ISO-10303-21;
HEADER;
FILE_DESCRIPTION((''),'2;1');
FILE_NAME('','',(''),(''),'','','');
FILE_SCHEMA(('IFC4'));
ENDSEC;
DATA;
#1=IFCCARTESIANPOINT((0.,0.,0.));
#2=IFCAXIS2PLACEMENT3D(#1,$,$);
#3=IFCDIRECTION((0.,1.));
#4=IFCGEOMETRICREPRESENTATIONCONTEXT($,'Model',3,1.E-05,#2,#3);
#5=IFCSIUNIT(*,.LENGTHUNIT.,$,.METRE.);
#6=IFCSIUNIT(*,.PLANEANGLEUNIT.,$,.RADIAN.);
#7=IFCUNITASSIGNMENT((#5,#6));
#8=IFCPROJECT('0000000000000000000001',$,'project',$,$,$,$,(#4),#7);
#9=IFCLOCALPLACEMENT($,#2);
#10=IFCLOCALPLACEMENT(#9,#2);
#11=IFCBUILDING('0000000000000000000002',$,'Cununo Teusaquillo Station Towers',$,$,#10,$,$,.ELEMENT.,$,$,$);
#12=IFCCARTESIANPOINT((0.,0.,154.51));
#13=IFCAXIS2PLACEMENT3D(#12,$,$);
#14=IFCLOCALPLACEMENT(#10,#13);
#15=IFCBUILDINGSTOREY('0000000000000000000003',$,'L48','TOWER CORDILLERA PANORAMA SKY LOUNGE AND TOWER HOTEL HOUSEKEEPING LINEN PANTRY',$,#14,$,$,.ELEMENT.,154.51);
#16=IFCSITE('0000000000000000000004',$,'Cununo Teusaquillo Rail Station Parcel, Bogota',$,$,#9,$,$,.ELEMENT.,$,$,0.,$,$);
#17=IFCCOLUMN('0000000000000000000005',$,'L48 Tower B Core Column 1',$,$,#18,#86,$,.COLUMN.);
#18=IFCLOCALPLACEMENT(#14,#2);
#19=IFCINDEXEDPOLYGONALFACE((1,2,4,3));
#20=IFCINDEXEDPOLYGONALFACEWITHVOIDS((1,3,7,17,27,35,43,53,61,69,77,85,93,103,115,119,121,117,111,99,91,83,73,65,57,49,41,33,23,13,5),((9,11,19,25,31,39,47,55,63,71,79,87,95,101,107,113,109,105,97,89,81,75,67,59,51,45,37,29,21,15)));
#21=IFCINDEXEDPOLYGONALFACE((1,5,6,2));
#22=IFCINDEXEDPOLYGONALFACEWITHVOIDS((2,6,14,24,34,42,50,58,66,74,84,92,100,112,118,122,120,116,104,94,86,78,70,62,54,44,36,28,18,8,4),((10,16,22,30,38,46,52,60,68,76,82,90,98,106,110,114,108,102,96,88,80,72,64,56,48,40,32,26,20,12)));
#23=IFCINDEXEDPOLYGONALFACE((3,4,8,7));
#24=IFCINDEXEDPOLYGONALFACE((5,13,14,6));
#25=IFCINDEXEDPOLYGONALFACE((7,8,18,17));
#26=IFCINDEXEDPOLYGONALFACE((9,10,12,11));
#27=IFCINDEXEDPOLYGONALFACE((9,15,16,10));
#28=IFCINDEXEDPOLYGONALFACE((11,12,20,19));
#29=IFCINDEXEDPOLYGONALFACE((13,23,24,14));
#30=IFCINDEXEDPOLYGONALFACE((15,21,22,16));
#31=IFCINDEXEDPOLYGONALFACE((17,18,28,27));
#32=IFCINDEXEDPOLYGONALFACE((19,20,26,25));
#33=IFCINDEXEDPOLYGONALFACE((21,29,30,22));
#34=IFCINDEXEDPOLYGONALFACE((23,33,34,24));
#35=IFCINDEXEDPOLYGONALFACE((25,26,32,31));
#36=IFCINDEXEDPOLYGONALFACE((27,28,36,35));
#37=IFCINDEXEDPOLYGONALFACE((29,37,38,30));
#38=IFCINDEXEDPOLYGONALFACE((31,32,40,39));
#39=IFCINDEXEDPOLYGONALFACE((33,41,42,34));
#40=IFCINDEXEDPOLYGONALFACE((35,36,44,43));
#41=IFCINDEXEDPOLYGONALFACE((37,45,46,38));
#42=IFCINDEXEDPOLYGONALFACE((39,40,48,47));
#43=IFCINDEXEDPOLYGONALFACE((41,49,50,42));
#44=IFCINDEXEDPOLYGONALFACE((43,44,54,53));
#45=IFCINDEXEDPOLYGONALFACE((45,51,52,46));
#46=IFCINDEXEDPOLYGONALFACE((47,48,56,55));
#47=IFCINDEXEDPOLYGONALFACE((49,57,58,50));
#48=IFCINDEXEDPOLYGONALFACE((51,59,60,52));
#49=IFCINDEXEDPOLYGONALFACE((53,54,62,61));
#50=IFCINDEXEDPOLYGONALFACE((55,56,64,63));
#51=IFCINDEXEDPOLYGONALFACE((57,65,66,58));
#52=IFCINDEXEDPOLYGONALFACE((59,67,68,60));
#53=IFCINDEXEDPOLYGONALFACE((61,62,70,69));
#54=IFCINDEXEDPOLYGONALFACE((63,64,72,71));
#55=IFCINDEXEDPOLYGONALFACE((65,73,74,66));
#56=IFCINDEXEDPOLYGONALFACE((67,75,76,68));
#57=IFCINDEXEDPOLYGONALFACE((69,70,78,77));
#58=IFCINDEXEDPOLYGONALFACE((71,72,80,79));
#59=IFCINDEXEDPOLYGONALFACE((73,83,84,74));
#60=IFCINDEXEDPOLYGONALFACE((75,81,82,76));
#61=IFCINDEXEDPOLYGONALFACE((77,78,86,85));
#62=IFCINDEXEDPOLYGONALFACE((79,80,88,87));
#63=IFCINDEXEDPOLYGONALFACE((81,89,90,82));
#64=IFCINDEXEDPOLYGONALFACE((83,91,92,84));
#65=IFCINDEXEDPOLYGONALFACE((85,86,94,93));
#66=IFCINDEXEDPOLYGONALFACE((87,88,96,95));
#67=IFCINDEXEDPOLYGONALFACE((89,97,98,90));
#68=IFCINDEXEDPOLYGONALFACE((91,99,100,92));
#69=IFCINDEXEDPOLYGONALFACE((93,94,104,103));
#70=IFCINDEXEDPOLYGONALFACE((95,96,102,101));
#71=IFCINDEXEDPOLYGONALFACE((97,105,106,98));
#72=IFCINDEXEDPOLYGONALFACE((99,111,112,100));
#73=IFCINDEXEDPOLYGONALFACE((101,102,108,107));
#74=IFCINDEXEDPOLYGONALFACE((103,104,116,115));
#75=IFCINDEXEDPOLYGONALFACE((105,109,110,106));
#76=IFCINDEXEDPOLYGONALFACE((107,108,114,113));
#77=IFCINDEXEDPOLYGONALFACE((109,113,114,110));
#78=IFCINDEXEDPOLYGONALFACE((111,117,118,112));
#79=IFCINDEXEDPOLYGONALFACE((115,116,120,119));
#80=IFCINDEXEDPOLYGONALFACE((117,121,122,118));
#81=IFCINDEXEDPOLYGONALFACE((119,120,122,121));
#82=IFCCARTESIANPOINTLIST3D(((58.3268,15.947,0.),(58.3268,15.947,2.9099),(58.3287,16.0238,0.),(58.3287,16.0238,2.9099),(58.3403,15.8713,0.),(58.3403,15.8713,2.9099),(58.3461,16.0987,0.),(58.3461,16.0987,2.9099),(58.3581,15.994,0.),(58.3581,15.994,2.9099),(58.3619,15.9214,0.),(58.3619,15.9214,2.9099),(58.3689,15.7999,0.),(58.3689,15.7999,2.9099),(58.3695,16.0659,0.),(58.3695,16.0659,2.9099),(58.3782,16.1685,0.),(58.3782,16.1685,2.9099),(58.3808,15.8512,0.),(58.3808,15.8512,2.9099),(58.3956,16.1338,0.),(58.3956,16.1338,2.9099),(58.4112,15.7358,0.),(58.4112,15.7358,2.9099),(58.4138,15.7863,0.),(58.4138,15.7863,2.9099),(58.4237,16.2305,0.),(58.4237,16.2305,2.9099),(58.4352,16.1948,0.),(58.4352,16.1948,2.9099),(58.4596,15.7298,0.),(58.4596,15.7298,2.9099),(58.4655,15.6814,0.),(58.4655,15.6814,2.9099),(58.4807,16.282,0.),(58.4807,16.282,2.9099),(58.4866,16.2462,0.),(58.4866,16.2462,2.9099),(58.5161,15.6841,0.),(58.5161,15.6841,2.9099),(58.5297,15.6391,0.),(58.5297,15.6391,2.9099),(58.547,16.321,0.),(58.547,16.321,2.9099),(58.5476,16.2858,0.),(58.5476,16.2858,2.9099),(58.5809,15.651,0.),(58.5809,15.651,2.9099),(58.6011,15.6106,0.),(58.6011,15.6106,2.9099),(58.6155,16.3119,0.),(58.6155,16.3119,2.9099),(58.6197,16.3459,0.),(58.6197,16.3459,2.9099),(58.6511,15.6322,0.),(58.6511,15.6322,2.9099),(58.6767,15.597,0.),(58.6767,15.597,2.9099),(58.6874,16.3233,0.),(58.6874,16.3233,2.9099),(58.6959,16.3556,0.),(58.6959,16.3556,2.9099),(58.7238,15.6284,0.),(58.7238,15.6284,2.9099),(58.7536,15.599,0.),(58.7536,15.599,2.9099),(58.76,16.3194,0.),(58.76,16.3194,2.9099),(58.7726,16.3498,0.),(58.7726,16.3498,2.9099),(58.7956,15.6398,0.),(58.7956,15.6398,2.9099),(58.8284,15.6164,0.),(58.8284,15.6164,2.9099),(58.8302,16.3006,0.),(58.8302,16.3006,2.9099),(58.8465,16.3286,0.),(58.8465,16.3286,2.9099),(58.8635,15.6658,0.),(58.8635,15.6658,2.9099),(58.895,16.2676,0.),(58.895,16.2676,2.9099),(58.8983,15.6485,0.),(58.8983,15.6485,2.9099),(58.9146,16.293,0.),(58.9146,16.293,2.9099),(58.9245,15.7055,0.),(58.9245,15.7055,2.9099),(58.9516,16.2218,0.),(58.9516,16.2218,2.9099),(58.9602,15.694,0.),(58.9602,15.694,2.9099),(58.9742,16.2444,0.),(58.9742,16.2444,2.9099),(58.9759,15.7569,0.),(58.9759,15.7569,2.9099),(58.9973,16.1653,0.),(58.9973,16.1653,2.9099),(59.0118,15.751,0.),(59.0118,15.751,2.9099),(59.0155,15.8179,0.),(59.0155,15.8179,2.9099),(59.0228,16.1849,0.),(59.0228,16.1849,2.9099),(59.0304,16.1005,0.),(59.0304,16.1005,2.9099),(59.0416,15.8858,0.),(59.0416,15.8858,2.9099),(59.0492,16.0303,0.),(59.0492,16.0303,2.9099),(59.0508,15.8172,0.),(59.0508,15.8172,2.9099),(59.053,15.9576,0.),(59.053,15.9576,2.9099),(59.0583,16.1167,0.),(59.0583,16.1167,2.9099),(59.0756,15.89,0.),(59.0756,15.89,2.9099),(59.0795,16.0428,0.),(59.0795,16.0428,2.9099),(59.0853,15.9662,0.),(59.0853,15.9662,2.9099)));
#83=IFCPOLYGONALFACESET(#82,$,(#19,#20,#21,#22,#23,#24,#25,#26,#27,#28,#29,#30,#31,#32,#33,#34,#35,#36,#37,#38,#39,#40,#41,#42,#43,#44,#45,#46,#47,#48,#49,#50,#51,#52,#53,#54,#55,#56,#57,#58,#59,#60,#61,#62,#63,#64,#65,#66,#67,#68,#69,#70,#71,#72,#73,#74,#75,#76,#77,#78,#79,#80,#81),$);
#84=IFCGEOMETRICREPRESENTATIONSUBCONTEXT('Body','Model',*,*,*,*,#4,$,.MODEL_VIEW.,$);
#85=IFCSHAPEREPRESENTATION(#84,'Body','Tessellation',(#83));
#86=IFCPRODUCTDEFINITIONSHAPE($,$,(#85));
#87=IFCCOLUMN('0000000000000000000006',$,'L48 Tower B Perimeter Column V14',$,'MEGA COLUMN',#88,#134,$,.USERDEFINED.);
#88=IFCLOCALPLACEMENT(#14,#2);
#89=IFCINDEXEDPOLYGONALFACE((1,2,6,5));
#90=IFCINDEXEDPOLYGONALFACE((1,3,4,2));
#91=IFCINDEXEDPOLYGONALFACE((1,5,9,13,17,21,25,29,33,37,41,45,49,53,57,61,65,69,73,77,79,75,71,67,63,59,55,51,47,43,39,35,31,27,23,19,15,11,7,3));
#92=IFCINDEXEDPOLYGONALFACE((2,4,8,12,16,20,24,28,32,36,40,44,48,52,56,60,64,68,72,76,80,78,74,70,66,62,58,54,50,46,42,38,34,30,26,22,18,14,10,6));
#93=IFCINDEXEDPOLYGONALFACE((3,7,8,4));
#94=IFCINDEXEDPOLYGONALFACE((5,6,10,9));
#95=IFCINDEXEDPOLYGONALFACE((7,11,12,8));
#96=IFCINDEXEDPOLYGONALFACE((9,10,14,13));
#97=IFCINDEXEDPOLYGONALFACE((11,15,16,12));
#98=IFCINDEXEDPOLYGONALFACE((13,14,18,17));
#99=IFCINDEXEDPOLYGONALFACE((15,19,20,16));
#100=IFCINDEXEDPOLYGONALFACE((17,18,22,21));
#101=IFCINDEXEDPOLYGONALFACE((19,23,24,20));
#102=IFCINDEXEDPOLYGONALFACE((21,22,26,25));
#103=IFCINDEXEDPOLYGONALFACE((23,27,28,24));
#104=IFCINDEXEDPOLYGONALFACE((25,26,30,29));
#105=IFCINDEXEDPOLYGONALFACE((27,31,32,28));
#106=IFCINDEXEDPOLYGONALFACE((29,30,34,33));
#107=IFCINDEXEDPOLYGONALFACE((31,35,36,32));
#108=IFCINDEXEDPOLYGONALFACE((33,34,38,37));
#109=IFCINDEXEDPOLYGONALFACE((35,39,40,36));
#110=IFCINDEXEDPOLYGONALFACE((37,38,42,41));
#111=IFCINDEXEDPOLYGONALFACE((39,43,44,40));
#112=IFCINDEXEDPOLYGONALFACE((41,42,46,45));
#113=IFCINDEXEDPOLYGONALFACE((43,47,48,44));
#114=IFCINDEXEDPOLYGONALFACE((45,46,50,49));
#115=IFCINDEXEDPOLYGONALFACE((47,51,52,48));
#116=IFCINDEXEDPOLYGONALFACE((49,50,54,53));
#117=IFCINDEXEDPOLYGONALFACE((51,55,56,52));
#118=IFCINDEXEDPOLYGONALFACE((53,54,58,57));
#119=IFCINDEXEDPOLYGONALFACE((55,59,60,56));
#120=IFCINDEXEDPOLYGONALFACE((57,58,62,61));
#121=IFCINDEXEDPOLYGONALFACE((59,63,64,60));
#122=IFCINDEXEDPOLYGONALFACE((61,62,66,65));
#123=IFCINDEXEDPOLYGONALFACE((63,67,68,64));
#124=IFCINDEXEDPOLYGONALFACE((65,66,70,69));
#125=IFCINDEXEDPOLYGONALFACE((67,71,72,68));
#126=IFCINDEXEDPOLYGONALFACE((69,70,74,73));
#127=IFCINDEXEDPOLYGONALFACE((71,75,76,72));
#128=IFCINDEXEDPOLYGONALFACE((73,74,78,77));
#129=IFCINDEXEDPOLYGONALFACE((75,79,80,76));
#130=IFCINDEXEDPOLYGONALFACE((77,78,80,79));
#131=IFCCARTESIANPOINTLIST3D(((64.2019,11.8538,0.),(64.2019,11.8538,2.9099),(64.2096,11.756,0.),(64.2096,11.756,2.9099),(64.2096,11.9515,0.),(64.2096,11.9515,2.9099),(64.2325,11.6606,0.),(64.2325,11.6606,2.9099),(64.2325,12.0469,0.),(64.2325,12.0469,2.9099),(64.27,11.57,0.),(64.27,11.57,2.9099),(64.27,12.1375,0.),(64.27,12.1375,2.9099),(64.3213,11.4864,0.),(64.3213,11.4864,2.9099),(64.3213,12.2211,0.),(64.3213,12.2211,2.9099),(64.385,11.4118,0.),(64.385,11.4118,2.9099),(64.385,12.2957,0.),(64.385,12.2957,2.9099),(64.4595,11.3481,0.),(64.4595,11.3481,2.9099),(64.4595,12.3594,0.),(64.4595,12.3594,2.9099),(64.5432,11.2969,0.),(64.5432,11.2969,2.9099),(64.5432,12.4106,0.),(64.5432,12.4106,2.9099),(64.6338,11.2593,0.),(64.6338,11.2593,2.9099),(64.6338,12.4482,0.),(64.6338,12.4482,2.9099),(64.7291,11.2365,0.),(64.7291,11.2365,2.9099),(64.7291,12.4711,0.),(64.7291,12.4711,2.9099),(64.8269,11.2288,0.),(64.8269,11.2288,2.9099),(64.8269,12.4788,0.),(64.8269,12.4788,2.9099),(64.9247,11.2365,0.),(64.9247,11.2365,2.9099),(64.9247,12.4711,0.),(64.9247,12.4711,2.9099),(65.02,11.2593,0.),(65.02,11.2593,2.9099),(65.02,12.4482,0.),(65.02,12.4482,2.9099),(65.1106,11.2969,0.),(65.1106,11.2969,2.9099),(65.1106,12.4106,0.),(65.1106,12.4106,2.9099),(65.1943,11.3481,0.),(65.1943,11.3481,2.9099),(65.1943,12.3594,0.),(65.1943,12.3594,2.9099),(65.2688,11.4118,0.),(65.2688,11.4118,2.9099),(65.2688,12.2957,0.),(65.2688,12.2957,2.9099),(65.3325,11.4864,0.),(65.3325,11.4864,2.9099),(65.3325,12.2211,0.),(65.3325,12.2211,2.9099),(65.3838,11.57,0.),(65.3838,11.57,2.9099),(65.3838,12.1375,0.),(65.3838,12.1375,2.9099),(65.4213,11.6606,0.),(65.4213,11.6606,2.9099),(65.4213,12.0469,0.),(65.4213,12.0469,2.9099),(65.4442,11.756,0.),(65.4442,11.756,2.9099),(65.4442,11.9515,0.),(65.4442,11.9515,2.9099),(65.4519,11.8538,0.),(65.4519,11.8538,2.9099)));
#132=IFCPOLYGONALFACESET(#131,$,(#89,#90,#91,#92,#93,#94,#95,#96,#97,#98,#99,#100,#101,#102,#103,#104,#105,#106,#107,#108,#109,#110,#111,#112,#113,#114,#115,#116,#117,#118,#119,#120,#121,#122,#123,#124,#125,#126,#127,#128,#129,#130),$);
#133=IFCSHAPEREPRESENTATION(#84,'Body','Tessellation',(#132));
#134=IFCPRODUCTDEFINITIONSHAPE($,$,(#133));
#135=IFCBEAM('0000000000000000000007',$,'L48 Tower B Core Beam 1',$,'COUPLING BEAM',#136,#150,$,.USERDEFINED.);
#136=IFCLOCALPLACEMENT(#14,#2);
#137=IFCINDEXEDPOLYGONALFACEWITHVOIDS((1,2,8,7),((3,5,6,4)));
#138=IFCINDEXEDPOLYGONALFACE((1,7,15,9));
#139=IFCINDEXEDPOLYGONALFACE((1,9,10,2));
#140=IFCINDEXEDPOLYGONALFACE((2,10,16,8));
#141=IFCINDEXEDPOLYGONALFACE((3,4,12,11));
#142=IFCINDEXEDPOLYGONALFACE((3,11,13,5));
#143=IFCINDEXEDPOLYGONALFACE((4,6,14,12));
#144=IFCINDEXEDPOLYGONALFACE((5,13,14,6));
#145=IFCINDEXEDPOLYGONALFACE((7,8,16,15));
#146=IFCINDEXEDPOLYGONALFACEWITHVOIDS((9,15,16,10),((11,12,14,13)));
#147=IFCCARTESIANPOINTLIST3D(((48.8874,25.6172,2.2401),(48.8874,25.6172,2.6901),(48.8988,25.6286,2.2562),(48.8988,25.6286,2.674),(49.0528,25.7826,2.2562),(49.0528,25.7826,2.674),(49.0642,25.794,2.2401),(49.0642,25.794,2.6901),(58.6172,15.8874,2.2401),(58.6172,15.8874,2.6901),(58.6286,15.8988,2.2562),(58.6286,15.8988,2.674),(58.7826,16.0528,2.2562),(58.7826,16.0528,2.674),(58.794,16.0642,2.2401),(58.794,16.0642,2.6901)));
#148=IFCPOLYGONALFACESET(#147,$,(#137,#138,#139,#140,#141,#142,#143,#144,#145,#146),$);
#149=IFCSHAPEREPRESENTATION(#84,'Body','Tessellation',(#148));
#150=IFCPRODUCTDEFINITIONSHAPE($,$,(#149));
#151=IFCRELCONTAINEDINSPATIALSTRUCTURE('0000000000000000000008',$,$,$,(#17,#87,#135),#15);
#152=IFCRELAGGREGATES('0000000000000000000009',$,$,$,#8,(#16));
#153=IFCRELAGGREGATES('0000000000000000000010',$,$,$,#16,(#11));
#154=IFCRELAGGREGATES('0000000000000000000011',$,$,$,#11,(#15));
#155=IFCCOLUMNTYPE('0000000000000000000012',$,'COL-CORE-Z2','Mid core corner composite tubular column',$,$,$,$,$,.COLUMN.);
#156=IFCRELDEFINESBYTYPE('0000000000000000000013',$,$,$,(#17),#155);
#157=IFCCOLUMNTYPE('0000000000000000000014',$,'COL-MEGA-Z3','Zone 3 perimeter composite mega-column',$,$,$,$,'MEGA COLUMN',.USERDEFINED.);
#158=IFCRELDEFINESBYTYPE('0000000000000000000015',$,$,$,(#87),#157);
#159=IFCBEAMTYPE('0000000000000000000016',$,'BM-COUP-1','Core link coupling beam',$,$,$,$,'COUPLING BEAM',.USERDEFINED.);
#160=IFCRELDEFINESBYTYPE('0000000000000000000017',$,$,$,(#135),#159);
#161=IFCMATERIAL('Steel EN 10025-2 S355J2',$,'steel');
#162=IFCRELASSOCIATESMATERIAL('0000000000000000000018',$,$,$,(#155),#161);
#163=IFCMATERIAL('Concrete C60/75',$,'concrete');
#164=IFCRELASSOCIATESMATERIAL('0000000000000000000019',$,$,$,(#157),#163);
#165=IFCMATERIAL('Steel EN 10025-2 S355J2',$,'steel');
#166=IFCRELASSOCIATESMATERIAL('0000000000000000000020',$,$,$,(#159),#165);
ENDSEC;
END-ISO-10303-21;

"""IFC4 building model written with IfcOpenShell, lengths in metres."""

from ifc_helpers import new_model, si_unit, direction, frame, origin, origin_2d, place, context, subcontext, project, spatial, hollow_rectangle, circle, hollow_circle, extrude, material, material_profile, profile_set, type_object, element, save


model = new_model("IFC4")

# Units and contexts
model_context = context("Model", 3, precision=1e-05, world=origin(), true_north=direction((0.0, 1.0)))
body_context = subcontext(model_context, "Body", "Model", "MODEL_VIEW")
ifc_project = project(units=[si_unit("LENGTHUNIT", "METRE"), si_unit("PLANEANGLEUNIT", "RADIAN")], contexts=[model_context])

# Site, building, storey
site_placement = place(None, origin())
site = spatial("IfcSite", under=ifc_project, at=site_placement, Name="Cununo Teusaquillo Rail Station Parcel, Bogota", CompositionType="ELEMENT", RefElevation=0.0)
building_placement = place(site_placement, origin())
building = spatial("IfcBuilding", under=site, at=building_placement, Name="Cununo Teusaquillo Station Towers", CompositionType="ELEMENT")
storey_placement = place(building_placement, frame((0.0, 0.0, 154.51)))
storey = spatial("IfcBuildingStorey", under=building, at=storey_placement, Name="L48", Description="TOWER CORDILLERA PANORAMA SKY LOUNGE AND TOWER HOTEL HOUSEKEEPING LINEN PANTRY", CompositionType="ELEMENT", Elevation=154.51)

# Columns
ifc_material_1 = material(Name="Steel EN 10025-2 S355J2", Category="steel")
ifc_material_profile_1 = material_profile(ifc_material_1, hollow_circle(Radius=0.3799, WallThickness=0.032, at=origin_2d()), Name="CHS 760x32")
ifc_profile_set_1 = profile_set([ifc_material_profile_1], Name="Steel EN 10025-2 S355J2")
column_type_1 = type_object("IfcColumnType", Name="COL-CORE-Z2", Description="Mid core corner composite tubular column", PredefinedType="COLUMN", material=ifc_profile_set_1)
column_1_placement = place(storey_placement, frame((58.7056, 15.9758, 0.0), z_axis=(0.0, 0.0, 1.0), x_axis=(0.707107, 0.707107, 0.0)))
element("IfcColumn", 1, at=column_1_placement, inside=storey, type_object=column_type_1, Name="L48 Tower B Core Column 1", PredefinedType="COLUMN", context=body_context, shape_type="SweptSolid", body=[
    extrude(hollow_circle(Radius=0.3799, WallThickness=0.032, at=origin_2d()), origin(), (0.0, 0.0, 1.0), 2.9099),
])
ifc_material_2 = material(Name="Concrete C60/75", Category="concrete")
ifc_material_profile_2 = material_profile(ifc_material_2, circle(Radius=0.625, at=origin_2d()), Name="RC-CIRC-1250")
ifc_profile_set_2 = profile_set([ifc_material_profile_2], Name="Concrete C60/75")
column_type_2 = type_object("IfcColumnType", Name="COL-MEGA-Z3", Description="Zone 3 perimeter composite mega-column", ElementType="MEGA COLUMN", PredefinedType="USERDEFINED", material=ifc_profile_set_2)
column_2_placement = place(storey_placement, frame((64.8269, 11.8538, 0.0), z_axis=(0.0, 0.0, 1.0), x_axis=(1.0, 0.0, 0.0)))
element("IfcColumn", 2, at=column_2_placement, inside=storey, type_object=column_type_2, Name="L48 Tower B Perimeter Column V14", ObjectType="MEGA COLUMN", PredefinedType="USERDEFINED", context=body_context, shape_type="SweptSolid", body=[
    extrude(circle(Radius=0.625, at=origin_2d()), origin(), (0.0, 0.0, 1.0), 2.9099),
])

# Beam
ifc_material_3 = material(Name="Steel EN 10025-2 S355J2", Category="steel")
ifc_material_profile_3 = material_profile(ifc_material_3, hollow_rectangle(XDim=0.25, YDim=0.45, WallThickness=0.0161, at=origin_2d()), Name="RHS 450x250x16")
ifc_profile_set_3 = profile_set([ifc_material_profile_3], Name="Steel EN 10025-2 S355J2")
beam_type_1 = type_object("IfcBeamType", Name="BM-COUP-1", Description="Core link coupling beam", ElementType="COUPLING BEAM", PredefinedType="USERDEFINED", material=ifc_profile_set_3)
beam_1_placement = place(storey_placement, frame((58.7056, 15.9758, 2.4651), z_axis=(-0.707107, 0.707107, 0.0), x_axis=(-0.707107, -0.707107, 0.0)))
element("IfcBeam", 3, at=beam_1_placement, inside=storey, type_object=beam_type_1, Name="L48 Tower B Core Beam 1", ObjectType="COUPLING BEAM", PredefinedType="USERDEFINED", context=body_context, shape_type="SweptSolid", body=[
    extrude(hollow_rectangle(XDim=0.25, YDim=0.45, WallThickness=0.0161, at=origin_2d()), origin(), (0.0, 0.0, 1.0), 13.76),
])

save(model, "model.ifc")
